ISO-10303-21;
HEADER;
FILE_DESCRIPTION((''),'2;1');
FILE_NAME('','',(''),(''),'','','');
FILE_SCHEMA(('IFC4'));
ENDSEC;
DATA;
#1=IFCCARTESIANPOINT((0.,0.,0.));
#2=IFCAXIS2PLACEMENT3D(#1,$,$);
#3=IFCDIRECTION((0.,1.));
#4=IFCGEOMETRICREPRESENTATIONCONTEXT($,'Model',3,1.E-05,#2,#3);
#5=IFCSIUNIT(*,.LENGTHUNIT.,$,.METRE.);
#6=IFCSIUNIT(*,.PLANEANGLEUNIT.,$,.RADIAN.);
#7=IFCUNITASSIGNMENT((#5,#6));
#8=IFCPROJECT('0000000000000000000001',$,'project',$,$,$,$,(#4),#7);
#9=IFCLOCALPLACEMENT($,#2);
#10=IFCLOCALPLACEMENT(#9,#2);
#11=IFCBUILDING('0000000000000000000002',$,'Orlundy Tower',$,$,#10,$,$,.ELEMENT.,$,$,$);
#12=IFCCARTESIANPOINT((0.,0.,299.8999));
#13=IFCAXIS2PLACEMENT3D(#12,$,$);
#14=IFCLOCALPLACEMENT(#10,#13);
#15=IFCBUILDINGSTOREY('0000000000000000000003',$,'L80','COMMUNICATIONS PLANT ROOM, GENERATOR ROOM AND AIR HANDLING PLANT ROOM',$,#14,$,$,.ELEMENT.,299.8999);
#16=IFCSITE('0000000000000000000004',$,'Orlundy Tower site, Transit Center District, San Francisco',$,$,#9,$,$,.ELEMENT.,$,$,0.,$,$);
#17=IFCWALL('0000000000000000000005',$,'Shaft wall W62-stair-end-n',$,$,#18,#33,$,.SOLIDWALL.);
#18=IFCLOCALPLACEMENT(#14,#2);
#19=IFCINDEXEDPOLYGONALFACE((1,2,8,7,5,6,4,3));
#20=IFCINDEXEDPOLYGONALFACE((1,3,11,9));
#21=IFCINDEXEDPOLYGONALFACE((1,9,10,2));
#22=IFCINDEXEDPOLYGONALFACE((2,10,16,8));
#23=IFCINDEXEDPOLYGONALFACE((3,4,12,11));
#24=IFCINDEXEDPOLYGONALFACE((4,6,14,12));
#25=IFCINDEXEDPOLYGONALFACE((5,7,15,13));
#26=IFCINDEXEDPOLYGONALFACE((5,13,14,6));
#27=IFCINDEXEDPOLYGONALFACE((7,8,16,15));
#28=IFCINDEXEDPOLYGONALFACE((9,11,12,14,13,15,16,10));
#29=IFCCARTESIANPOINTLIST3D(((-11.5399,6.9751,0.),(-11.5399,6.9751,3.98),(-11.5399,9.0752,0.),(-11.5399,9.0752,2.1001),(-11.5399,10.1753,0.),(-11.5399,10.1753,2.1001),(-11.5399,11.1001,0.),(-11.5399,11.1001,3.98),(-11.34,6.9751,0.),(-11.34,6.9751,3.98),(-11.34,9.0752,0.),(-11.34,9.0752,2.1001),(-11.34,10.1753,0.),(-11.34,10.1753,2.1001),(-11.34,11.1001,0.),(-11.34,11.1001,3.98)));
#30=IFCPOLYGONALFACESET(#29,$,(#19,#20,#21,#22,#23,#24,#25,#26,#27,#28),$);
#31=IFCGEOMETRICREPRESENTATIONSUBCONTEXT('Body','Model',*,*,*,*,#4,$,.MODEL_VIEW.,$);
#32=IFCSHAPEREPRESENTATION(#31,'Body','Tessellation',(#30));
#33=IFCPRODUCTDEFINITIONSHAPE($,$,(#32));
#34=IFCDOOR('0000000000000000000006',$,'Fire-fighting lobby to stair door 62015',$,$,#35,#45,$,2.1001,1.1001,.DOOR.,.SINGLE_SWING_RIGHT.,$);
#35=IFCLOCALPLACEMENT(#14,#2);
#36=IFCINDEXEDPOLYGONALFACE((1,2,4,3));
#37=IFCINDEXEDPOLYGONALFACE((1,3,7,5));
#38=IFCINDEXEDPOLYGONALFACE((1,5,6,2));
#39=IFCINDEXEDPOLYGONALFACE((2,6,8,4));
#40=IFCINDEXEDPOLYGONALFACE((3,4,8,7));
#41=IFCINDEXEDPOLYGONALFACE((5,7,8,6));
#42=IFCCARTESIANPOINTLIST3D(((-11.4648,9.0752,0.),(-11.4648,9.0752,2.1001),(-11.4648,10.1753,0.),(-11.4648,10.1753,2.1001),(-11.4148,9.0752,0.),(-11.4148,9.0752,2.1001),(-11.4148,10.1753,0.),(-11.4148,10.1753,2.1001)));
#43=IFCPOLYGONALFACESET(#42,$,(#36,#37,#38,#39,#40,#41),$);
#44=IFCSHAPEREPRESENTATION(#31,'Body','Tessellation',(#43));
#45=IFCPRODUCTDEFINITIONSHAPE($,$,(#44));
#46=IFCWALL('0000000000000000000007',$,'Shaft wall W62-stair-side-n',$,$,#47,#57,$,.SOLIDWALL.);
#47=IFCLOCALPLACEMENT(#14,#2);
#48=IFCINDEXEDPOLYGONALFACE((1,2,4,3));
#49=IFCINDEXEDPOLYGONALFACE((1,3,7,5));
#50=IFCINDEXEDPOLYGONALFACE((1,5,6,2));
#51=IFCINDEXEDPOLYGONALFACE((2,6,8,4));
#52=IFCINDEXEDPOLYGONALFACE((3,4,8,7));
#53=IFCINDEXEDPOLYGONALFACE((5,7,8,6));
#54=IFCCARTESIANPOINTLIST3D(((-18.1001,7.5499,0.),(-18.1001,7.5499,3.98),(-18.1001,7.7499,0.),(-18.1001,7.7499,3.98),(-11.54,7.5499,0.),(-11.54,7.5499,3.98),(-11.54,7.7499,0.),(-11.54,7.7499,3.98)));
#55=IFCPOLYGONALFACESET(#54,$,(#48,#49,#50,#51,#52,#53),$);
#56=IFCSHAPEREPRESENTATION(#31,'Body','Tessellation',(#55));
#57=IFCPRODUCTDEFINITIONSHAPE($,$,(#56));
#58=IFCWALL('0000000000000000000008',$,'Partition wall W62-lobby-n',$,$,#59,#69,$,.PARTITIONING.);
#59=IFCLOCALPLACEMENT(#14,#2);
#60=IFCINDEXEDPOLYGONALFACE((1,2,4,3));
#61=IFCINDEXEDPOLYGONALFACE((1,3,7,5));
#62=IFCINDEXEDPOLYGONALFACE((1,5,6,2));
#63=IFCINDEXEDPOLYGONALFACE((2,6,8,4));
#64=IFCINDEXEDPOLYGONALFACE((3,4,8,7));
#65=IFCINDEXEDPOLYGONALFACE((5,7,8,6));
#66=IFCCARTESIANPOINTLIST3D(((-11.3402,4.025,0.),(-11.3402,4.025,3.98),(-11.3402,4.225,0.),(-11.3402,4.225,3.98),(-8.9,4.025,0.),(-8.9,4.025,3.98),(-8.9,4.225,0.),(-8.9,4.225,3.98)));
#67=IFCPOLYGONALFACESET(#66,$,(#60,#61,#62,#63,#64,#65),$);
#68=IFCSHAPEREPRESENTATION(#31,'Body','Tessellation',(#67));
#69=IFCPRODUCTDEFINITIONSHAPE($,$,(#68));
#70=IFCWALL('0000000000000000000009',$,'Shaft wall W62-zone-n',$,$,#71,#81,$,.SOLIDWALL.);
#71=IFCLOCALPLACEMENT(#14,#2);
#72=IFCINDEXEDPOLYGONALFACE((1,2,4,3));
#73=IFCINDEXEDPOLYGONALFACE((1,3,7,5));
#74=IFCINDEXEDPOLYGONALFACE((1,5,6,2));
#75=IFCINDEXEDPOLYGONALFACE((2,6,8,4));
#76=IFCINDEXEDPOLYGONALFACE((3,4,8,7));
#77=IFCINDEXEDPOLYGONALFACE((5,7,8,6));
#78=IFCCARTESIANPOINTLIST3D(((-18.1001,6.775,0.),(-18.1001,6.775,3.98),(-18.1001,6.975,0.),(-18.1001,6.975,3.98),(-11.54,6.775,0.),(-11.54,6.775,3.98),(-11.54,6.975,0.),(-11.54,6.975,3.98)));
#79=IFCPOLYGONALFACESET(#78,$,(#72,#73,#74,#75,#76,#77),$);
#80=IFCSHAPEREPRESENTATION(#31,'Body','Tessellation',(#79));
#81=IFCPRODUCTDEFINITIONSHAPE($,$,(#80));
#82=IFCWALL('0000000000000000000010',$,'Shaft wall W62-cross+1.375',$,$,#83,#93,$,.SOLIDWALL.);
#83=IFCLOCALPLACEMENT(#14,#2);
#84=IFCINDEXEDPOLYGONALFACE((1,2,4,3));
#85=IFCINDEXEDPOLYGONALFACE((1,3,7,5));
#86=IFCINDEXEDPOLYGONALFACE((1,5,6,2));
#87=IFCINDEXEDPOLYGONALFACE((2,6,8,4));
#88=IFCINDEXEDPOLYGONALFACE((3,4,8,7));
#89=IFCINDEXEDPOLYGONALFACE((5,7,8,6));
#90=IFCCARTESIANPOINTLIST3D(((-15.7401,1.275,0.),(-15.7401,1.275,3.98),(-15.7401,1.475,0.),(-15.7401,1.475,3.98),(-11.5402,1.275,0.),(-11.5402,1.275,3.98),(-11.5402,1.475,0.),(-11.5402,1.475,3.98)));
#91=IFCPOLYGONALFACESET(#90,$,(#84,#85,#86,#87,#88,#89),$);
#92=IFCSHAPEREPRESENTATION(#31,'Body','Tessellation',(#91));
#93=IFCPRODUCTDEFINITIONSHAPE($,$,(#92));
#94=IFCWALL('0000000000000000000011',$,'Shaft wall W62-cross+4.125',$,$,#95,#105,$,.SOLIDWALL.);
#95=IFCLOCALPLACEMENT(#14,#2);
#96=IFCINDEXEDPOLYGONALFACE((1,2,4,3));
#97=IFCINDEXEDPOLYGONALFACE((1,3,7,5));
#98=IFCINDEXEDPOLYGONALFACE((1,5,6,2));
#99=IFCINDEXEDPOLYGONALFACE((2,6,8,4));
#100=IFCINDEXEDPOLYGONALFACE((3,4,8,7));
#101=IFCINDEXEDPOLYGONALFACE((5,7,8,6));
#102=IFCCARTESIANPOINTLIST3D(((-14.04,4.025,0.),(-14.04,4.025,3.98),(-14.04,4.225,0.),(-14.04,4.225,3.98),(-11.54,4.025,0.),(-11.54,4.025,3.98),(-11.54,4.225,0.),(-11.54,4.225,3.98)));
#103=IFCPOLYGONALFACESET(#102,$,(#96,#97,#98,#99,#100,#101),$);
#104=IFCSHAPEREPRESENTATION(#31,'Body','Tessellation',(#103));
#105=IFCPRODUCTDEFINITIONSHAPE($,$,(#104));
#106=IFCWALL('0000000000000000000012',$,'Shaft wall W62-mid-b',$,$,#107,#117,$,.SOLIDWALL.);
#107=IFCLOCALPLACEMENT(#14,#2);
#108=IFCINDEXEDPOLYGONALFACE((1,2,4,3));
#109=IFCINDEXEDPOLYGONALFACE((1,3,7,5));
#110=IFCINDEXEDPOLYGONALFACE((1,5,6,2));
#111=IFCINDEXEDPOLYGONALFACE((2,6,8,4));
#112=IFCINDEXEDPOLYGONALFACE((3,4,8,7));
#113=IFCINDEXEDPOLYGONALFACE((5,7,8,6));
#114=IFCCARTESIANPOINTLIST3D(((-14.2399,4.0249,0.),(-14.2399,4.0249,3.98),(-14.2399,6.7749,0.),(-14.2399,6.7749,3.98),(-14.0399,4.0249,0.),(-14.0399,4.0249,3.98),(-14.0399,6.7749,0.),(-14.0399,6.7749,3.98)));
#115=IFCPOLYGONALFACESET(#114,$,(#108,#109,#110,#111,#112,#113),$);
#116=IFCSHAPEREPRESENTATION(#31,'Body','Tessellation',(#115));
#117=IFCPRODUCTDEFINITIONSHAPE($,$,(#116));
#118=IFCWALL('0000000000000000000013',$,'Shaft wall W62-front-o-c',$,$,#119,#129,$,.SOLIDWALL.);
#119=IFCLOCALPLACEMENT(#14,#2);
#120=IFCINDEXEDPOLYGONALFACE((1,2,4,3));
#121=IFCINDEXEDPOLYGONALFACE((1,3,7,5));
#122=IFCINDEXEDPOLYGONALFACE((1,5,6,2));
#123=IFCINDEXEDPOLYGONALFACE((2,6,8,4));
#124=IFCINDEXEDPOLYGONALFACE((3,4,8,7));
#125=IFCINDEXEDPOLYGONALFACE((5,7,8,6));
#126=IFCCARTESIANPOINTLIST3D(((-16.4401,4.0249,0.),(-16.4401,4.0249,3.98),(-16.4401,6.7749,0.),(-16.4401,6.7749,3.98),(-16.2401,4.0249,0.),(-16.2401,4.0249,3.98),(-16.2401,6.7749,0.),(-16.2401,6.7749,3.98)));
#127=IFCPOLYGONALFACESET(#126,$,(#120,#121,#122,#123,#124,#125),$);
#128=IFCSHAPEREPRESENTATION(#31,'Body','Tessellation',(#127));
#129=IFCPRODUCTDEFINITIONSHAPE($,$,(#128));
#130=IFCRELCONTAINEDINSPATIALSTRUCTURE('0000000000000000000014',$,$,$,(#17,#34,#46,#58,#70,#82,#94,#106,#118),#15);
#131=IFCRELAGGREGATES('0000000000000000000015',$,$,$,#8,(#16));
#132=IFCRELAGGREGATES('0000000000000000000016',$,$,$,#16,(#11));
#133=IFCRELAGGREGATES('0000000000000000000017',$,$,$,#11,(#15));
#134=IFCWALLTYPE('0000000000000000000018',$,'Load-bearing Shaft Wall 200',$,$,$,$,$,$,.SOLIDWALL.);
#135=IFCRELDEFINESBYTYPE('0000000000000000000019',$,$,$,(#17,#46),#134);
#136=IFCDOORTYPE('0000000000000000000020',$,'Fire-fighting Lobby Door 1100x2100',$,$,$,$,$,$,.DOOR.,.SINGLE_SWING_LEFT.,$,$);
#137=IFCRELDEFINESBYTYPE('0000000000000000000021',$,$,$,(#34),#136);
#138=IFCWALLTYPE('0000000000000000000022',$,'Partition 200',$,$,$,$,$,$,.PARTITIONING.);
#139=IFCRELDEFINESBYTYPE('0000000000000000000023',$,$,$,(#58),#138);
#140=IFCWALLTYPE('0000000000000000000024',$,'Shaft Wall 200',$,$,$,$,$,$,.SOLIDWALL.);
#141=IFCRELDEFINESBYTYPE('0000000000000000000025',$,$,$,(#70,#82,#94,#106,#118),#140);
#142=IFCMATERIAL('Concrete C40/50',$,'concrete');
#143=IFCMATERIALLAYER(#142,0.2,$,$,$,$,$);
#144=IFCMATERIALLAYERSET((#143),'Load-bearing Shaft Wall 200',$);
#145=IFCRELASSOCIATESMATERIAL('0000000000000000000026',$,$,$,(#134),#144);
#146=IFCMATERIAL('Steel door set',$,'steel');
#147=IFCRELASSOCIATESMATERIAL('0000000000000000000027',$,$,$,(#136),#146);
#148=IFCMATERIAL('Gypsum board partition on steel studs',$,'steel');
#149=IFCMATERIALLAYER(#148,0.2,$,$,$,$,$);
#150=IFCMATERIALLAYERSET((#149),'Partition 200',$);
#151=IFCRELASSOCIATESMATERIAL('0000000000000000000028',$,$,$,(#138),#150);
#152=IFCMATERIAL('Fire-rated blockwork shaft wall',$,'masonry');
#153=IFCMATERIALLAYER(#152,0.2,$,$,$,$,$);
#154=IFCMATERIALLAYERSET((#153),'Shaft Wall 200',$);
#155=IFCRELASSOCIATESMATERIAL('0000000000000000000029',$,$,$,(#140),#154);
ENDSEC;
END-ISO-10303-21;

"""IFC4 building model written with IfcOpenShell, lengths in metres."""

from ifc_helpers import new_model, si_unit, direction, frame, frame_2d, origin, place, context, subcontext, project, spatial, rectangle, extrude, material, layer, layer_set, type_object, element, fill, save


model = new_model("IFC4")

# Units and contexts
model_context = context("Model", 3, precision=1e-05, world=origin(), true_north=direction((0.0, 1.0)))
body_context = subcontext(model_context, "Body", "Model", "MODEL_VIEW")
ifc_project = project(units=[si_unit("LENGTHUNIT", "METRE"), si_unit("PLANEANGLEUNIT", "RADIAN")], contexts=[model_context])

# Site, building, storey
site_placement = place(None, origin())
site = spatial("IfcSite", under=ifc_project, at=site_placement, Name="Orlundy Tower site, Transit Center District, San Francisco", CompositionType="ELEMENT", RefElevation=0.0)
building_placement = place(site_placement, origin())
building = spatial("IfcBuilding", under=site, at=building_placement, Name="Orlundy Tower", CompositionType="ELEMENT")
storey_placement = place(building_placement, frame((0.0, 0.0, 299.8999)))
storey = spatial("IfcBuildingStorey", under=building, at=storey_placement, Name="L80", Description="COMMUNICATIONS PLANT ROOM, GENERATOR ROOM AND AIR HANDLING PLANT ROOM", CompositionType="ELEMENT", Elevation=299.8999)

# Wall, opening, door
ifc_material_1 = material(Name="Concrete C40/50", Category="concrete")
ifc_layer_1 = layer(ifc_material_1, 0.2)
ifc_layer_set_1 = layer_set([ifc_layer_1], Name="Load-bearing Shaft Wall 200")
wall_type_1 = type_object("IfcWallType", Name="Load-bearing Shaft Wall 200", PredefinedType="SOLIDWALL", material=ifc_layer_set_1)
wall_1_placement = place(storey_placement, frame((-11.4399, 6.9751, 0.0), z_axis=(0.0, 0.0, 1.0), x_axis=(0.0, 1.0, 0.0)))
wall_1 = element("IfcWall", 1, at=wall_1_placement, inside=storey, type_object=wall_type_1, Name="Shaft wall W62-stair-end-n", PredefinedType="SOLIDWALL", context=body_context, shape_type="SweptSolid", body=[
    extrude(rectangle(XDim=4.125, YDim=0.2, at=frame_2d((2.0625, 0.0))), origin(), (0.0, 0.0, 1.0), 3.98),
])
opening_1_placement = place(wall_1_placement, frame((2.1001, 0.0, 0.0)))
opening_1 = element("IfcOpeningElement", 2, at=opening_1_placement, cuts=wall_1, PredefinedType="OPENING", context=body_context, shape_type="SweptSolid", body=[
    extrude(rectangle(XDim=1.1001, YDim=2.1001, at=frame_2d((0.55, 1.05))), frame((0.0, 0.1101, 0.0), z_axis=(0.0, -1.0, 0.0), x_axis=(1.0, 0.0, 0.0)), (0.0, 0.0, 1.0), 0.2202),
])
ifc_material_2 = material(Name="Steel door set", Category="steel")
door_type_1 = type_object("IfcDoorType", Name="Fire-fighting Lobby Door 1100x2100", OperationType="SINGLE_SWING_LEFT", PredefinedType="DOOR", material=ifc_material_2)
door_1_placement = place(opening_1_placement, origin())
door_1 = element("IfcDoor", 3, at=door_1_placement, inside=storey, type_object=door_type_1, Name="Fire-fighting lobby to stair door 62015", OperationType="SINGLE_SWING_RIGHT", OverallHeight=2.1001, OverallWidth=1.1001, PredefinedType="DOOR", context=body_context, shape_type="SweptSolid", body=[
    extrude(rectangle(XDim=1.1001, YDim=2.1001, at=frame_2d((0.55, 1.05))), frame((0.0, 0.0249, 0.0), z_axis=(0.0, -1.0, 0.0), x_axis=(1.0, 0.0, 0.0)), (0.0, 0.0, 1.0), 0.05),
])
fill(opening_1, door_1)

# Walls
wall_2_placement = place(storey_placement, frame((-11.54, 7.6499, 0.0), z_axis=(0.0, 0.0, 1.0), x_axis=(-1.0, 0.0, 0.0)))
element("IfcWall", 4, at=wall_2_placement, inside=storey, type_object=wall_type_1, Name="Shaft wall W62-stair-side-n", PredefinedType="SOLIDWALL", context=body_context, shape_type="SweptSolid", body=[
    extrude(rectangle(XDim=6.5601, YDim=0.2, at=frame_2d((3.28, 0.0))), origin(), (0.0, 0.0, 1.0), 3.98),
])
ifc_material_3 = material(Name="Gypsum board partition on steel studs", Category="steel")
ifc_layer_2 = layer(ifc_material_3, 0.2)
ifc_layer_set_2 = layer_set([ifc_layer_2], Name="Partition 200")
wall_type_2 = type_object("IfcWallType", Name="Partition 200", PredefinedType="PARTITIONING", material=ifc_layer_set_2)
wall_3_placement = place(storey_placement, frame((-8.8999, 4.125, 0.0), z_axis=(0.0, 0.0, 1.0), x_axis=(-1.0, 0.0, 0.0)))
element("IfcWall", 5, at=wall_3_placement, inside=storey, type_object=wall_type_2, Name="Partition wall W62-lobby-n", PredefinedType="PARTITIONING", context=body_context, shape_type="SweptSolid", body=[
    extrude(rectangle(XDim=2.4402, YDim=0.2, at=frame_2d((1.2202, 0.0))), origin(), (0.0, 0.0, 1.0), 3.98),
])
ifc_material_4 = material(Name="Fire-rated blockwork shaft wall", Category="masonry")
ifc_layer_3 = layer(ifc_material_4, 0.2)
ifc_layer_set_3 = layer_set([ifc_layer_3], Name="Shaft Wall 200")
wall_type_3 = type_object("IfcWallType", Name="Shaft Wall 200", PredefinedType="SOLIDWALL", material=ifc_layer_set_3)
wall_4_placement = place(storey_placement, frame((-11.54, 6.875, 0.0), z_axis=(0.0, 0.0, 1.0), x_axis=(-1.0, 0.0, 0.0)))
element("IfcWall", 6, at=wall_4_placement, inside=storey, type_object=wall_type_3, Name="Shaft wall W62-zone-n", PredefinedType="SOLIDWALL", context=body_context, shape_type="SweptSolid", body=[
    extrude(rectangle(XDim=6.5601, YDim=0.2, at=frame_2d((3.28, 0.0))), origin(), (0.0, 0.0, 1.0), 3.98),
])
wall_5_placement = place(storey_placement, frame((-11.54, 1.375, 0.0), z_axis=(0.0, 0.0, 1.0), x_axis=(-1.0, 0.0, 0.0)))
element("IfcWall", 7, at=wall_5_placement, inside=storey, type_object=wall_type_3, Name="Shaft wall W62-cross+1.375", PredefinedType="SOLIDWALL", context=body_context, shape_type="SweptSolid", body=[
    extrude(rectangle(XDim=4.2, YDim=0.2, at=frame_2d((2.1001, 0.0))), origin(), (0.0, 0.0, 1.0), 3.98),
])
wall_6_placement = place(storey_placement, frame((-11.54, 4.125, 0.0), z_axis=(0.0, 0.0, 1.0), x_axis=(-1.0, 0.0, 0.0)))
element("IfcWall", 8, at=wall_6_placement, inside=storey, type_object=wall_type_3, Name="Shaft wall W62-cross+4.125", PredefinedType="SOLIDWALL", context=body_context, shape_type="SweptSolid", body=[
    extrude(rectangle(XDim=2.5, YDim=0.2, at=frame_2d((1.25, 0.0))), origin(), (0.0, 0.0, 1.0), 3.98),
])
for number, where, z_axis, x_axis, name in (
    (9, (-14.1399, 4.0249, 0.0), (0.0, 0.0, 1.0), (0.0, 1.0, 0.0), "Shaft wall W62-mid-b"),
    (10, (-16.3401, 4.0249, 0.0), (0.0, 0.0, 1.0), (0.0, 1.0, 0.0), "Shaft wall W62-front-o-c"),
):
    element("IfcWall", number, at=place(storey_placement, frame(where, z_axis=z_axis, x_axis=x_axis)), inside=storey, type_object=wall_type_3, Name=name, PredefinedType="SOLIDWALL", context=body_context, shape_type="SweptSolid", body=[
        extrude(rectangle(XDim=2.75, YDim=0.2, at=frame_2d((1.375, 0.0))), origin(), (0.0, 0.0, 1.0), 3.98),
    ])

save(model, "model.ifc")
